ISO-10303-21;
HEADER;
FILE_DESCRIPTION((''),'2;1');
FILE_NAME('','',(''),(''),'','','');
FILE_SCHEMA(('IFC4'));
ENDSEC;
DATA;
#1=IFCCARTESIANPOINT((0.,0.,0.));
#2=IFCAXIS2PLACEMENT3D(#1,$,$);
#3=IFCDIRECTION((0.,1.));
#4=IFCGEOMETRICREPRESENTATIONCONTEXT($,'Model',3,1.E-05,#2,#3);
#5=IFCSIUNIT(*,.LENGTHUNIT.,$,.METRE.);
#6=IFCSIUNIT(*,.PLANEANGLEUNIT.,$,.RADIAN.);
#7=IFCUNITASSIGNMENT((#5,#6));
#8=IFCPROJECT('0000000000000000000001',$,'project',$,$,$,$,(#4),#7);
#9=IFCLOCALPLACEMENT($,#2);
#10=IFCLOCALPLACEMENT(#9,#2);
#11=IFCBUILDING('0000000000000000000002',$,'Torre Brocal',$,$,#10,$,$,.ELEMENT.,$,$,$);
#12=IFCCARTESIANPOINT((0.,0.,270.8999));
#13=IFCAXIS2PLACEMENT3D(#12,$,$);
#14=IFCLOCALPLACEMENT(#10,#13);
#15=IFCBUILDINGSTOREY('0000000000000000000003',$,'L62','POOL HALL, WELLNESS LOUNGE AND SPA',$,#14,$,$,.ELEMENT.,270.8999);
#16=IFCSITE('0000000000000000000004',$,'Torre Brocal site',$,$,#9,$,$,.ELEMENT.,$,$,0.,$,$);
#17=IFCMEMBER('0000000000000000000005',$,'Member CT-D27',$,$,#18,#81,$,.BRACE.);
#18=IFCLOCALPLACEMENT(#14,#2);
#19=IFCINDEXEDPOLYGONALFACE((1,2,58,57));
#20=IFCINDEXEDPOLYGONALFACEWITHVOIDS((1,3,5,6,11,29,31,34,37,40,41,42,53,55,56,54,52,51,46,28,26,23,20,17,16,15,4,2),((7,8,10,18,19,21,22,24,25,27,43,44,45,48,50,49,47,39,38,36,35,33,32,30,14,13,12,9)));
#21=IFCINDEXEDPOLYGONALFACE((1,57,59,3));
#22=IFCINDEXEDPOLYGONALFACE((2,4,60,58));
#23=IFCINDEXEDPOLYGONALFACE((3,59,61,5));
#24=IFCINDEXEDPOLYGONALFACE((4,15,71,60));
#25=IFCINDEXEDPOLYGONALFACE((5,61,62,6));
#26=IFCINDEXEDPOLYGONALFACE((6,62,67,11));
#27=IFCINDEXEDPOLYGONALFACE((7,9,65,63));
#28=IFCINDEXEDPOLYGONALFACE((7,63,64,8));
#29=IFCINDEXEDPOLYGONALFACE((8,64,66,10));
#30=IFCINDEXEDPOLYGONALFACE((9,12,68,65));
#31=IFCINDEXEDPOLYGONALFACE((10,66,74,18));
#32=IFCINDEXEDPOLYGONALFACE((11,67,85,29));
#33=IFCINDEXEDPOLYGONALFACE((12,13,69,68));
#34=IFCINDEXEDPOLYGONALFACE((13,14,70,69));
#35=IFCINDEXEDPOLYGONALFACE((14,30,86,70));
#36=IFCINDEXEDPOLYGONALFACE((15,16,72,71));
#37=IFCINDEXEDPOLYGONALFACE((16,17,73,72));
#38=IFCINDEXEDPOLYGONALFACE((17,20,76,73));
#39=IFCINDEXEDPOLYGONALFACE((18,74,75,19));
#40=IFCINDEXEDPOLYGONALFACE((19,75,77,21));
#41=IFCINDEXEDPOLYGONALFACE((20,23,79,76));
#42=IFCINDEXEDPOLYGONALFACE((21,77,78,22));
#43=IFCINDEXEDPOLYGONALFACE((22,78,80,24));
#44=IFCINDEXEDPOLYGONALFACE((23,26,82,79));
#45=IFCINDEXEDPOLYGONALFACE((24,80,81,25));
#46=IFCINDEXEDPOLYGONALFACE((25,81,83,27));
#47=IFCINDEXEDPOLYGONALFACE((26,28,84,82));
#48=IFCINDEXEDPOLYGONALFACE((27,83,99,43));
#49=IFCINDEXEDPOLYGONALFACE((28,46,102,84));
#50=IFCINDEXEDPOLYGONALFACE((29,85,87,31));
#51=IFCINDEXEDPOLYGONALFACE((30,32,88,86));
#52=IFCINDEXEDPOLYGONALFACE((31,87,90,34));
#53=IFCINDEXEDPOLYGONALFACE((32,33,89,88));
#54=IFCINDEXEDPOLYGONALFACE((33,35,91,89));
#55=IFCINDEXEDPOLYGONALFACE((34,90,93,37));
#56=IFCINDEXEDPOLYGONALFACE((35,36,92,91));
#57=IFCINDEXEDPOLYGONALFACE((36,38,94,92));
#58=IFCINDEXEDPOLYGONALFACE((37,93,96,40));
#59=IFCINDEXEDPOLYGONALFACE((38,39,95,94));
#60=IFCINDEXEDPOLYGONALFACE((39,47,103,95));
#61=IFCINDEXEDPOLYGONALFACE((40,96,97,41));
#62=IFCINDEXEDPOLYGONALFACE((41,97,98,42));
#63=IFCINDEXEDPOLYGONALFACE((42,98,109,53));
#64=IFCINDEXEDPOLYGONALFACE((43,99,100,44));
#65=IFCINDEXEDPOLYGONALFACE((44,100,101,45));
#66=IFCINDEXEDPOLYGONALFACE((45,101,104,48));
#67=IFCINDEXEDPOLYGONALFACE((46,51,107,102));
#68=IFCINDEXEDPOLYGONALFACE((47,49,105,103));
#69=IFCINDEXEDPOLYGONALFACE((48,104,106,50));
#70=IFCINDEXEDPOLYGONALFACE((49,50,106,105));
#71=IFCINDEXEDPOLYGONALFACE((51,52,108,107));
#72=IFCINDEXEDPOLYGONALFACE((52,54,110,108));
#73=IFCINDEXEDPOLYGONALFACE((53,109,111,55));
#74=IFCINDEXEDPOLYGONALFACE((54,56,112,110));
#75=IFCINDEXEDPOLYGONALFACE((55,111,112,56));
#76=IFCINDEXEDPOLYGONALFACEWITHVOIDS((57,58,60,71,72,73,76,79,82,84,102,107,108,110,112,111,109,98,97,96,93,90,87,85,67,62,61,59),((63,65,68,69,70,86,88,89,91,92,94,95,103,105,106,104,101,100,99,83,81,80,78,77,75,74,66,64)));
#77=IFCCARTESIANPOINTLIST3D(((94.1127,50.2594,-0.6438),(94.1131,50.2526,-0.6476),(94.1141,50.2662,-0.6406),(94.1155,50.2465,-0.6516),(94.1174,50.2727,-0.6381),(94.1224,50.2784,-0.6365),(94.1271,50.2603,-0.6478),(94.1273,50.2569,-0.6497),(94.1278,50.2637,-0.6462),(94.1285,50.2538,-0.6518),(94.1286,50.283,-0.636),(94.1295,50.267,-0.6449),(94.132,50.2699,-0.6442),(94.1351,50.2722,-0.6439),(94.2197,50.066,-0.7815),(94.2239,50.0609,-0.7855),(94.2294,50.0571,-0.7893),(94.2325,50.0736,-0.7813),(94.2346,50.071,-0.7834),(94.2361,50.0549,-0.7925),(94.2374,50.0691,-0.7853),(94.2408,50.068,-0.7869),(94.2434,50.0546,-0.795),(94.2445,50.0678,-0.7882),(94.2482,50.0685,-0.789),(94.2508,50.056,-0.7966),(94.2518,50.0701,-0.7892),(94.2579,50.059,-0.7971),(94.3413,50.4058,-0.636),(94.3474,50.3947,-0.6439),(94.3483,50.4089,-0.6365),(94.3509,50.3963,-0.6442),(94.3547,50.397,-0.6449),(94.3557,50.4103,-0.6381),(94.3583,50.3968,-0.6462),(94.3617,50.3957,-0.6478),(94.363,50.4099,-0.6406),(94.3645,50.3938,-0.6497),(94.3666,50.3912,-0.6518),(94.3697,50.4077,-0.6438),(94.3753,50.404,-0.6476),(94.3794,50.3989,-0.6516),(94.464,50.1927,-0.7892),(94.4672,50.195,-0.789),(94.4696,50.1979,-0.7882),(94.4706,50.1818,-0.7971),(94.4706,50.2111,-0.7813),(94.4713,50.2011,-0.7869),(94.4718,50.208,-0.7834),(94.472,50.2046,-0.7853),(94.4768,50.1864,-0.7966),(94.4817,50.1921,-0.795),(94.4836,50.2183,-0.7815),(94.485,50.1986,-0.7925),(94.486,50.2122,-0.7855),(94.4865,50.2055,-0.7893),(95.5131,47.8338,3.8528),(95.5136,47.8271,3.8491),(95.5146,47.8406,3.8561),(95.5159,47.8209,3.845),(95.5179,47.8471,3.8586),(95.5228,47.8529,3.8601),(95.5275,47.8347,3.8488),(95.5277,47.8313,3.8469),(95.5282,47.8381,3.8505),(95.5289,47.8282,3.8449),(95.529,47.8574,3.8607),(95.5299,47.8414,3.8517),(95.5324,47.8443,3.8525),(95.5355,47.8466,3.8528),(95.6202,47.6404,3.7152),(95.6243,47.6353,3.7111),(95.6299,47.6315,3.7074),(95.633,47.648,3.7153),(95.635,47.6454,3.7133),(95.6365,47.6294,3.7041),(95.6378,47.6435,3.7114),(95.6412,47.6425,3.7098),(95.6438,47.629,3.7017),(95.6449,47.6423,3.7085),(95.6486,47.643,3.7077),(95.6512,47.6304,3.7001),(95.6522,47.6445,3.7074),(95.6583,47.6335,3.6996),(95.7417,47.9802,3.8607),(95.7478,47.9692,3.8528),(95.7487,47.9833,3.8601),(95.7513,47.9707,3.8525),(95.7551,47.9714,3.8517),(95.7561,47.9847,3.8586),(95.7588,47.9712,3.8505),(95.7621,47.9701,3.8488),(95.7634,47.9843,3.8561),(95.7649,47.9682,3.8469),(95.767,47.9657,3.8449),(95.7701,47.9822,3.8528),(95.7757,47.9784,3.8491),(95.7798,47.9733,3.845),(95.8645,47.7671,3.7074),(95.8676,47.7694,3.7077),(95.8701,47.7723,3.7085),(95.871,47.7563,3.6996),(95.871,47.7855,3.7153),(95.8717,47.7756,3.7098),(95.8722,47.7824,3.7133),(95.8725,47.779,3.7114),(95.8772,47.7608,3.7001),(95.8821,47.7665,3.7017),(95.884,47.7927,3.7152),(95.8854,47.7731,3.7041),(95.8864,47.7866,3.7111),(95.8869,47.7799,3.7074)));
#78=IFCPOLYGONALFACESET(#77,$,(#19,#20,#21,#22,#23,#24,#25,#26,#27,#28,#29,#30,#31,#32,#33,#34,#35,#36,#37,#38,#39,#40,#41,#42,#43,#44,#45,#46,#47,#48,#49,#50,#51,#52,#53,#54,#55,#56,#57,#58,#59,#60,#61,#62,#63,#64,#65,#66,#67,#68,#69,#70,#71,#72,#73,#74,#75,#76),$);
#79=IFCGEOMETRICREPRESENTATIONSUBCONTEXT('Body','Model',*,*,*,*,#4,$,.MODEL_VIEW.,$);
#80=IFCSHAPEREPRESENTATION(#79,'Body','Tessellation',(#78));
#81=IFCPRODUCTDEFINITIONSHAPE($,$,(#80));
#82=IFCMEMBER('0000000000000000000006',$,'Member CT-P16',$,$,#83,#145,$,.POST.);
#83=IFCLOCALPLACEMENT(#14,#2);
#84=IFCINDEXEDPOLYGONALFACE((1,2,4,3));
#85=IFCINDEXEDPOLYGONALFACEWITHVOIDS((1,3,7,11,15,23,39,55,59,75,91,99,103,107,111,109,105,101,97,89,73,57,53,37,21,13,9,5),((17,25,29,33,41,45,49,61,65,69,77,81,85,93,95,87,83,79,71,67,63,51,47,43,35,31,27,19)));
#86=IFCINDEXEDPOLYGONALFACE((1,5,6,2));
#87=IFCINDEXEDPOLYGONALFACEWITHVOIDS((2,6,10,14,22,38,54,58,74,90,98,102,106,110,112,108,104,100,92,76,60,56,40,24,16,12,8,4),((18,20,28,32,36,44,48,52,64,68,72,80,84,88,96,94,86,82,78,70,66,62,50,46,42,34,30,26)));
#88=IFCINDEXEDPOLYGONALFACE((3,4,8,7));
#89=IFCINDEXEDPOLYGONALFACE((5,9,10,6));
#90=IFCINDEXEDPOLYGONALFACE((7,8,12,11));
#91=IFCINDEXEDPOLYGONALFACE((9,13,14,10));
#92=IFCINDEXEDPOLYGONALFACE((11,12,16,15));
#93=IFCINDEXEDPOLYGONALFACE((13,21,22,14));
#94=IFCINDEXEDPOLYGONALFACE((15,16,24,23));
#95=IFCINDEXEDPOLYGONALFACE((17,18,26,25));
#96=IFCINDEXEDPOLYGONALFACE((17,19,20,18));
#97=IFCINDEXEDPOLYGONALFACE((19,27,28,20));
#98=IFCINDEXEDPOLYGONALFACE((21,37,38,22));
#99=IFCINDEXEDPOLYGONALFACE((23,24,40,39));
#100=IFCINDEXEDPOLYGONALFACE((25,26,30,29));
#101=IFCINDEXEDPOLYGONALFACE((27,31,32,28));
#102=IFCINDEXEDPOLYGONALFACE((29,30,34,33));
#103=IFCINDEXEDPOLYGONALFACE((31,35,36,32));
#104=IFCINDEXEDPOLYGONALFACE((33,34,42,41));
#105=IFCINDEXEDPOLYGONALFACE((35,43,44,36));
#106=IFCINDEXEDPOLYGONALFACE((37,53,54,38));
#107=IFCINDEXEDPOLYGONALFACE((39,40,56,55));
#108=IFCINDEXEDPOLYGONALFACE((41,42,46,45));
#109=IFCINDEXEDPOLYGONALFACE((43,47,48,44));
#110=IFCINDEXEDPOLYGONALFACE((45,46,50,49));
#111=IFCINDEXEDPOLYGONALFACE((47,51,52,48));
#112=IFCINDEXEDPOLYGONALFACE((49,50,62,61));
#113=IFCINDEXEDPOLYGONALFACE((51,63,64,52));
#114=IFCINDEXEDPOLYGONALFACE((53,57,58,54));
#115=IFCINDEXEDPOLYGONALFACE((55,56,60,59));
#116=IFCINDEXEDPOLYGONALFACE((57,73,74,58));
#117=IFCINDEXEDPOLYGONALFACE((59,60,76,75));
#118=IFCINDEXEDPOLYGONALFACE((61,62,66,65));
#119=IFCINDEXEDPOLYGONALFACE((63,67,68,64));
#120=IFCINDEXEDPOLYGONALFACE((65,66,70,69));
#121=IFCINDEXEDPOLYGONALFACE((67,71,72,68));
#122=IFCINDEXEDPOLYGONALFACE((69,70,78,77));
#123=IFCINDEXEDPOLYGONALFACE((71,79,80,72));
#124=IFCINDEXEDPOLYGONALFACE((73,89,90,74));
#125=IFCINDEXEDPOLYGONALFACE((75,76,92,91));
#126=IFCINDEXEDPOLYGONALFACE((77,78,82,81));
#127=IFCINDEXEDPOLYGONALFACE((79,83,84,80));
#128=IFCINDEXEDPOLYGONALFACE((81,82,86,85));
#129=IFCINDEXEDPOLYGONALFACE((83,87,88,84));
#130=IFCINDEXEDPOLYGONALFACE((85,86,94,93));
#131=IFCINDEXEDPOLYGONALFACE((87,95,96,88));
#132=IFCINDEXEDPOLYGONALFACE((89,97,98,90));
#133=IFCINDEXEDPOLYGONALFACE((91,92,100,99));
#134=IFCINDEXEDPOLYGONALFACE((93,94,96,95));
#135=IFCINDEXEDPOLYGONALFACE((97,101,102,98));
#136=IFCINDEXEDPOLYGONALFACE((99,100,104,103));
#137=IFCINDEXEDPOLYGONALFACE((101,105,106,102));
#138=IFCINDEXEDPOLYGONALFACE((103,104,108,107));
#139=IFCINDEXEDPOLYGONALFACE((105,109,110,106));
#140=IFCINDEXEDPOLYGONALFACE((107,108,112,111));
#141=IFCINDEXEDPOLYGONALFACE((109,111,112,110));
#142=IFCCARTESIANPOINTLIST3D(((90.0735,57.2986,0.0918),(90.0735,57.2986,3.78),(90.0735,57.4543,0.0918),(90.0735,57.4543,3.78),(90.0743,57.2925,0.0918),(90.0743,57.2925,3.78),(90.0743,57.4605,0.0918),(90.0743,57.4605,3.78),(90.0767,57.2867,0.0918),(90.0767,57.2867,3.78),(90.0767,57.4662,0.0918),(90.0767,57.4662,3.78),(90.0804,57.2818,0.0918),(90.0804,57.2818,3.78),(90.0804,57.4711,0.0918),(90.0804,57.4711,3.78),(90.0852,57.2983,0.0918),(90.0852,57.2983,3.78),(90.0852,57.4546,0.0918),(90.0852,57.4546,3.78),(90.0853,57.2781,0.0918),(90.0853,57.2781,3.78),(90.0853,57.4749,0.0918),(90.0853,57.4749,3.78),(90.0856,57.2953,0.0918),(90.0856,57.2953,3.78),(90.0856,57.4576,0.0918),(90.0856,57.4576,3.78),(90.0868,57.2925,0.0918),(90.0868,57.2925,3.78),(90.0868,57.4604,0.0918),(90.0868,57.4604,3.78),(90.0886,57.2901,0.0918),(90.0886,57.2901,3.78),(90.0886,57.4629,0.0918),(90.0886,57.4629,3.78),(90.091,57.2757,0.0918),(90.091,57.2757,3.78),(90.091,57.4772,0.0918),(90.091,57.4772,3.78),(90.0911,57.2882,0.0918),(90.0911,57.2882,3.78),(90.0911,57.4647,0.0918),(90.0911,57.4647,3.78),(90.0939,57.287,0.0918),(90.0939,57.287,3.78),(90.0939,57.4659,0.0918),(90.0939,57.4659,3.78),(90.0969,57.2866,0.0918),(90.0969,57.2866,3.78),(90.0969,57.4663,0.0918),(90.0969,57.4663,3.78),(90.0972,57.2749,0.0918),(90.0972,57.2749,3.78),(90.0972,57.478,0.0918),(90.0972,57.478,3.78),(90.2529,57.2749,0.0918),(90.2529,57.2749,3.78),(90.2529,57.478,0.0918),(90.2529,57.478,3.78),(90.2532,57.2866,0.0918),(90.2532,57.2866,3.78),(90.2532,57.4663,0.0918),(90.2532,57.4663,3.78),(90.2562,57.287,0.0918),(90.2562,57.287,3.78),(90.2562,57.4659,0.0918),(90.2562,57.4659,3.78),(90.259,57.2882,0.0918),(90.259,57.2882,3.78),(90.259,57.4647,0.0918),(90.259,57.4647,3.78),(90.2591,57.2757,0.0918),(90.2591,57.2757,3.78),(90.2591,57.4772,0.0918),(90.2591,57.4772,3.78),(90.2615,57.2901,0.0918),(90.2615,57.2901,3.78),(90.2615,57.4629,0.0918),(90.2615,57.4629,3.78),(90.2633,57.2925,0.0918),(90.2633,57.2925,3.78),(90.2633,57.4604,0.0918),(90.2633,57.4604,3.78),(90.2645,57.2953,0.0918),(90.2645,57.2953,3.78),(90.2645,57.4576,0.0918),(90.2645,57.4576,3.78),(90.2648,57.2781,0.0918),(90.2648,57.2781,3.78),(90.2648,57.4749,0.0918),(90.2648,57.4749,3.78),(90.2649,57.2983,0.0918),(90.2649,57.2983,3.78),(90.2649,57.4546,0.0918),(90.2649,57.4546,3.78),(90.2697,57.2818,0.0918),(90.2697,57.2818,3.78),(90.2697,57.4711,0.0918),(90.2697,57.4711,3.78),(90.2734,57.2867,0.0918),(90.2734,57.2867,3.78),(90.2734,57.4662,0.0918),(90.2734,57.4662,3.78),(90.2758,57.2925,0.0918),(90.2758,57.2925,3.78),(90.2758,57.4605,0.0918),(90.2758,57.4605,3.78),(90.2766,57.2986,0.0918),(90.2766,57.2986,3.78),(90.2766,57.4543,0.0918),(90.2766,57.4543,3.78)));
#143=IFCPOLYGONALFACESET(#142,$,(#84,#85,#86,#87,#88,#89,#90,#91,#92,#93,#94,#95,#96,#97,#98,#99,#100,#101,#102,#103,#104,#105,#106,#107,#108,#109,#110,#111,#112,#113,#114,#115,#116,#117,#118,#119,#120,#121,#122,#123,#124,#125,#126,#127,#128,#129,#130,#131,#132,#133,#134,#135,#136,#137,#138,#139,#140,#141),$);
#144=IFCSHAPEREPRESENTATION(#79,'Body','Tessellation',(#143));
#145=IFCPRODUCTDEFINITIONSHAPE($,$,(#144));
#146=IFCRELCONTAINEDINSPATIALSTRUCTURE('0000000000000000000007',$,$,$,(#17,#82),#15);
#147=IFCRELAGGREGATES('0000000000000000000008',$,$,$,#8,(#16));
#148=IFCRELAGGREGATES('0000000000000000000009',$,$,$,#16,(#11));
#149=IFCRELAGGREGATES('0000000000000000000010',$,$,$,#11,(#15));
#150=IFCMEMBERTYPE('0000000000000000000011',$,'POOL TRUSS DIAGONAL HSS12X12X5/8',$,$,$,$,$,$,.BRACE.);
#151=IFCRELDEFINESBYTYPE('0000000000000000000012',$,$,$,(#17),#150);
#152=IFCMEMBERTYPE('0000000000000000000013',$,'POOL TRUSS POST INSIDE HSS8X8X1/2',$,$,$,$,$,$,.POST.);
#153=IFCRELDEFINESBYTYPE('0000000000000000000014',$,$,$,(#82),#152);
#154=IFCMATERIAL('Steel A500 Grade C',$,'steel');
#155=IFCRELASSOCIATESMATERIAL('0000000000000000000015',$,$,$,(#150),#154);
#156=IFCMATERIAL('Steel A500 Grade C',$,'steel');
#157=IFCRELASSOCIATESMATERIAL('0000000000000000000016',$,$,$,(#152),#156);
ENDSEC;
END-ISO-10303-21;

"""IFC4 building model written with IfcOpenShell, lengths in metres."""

from ifc_helpers import new_model, si_unit, direction, frame, origin, origin_2d, place, context, subcontext, project, spatial, hollow_rectangle, extrude, material, material_profile, profile_set, type_object, element, save


model = new_model("IFC4")

# Units and contexts
model_context = context("Model", 3, precision=1e-05, world=origin(), true_north=direction((0.0, 1.0)))
body_context = subcontext(model_context, "Body", "Model", "MODEL_VIEW")
ifc_project = project(units=[si_unit("LENGTHUNIT", "METRE"), si_unit("PLANEANGLEUNIT", "RADIAN")], contexts=[model_context])

# Site, building, storey
site_placement = place(None, origin())
site = spatial("IfcSite", under=ifc_project, at=site_placement, Name="Torre Brocal site", CompositionType="ELEMENT", RefElevation=0.0)
building_placement = place(site_placement, origin())
building = spatial("IfcBuilding", under=site, at=building_placement, Name="Torre Brocal", CompositionType="ELEMENT")
storey_placement = place(building_placement, frame((0.0, 0.0, 270.8999)))
storey = spatial("IfcBuildingStorey", under=building, at=storey_placement, Name="L62", Description="POOL HALL, WELLNESS LOUNGE AND SPA", CompositionType="ELEMENT", Elevation=270.8999)

# Members
ifc_material_1 = material(Name="Steel A500 Grade C", Category="steel")
ifc_material_profile_1 = material_profile(ifc_material_1, hollow_rectangle(XDim=0.3047, YDim=0.3047, WallThickness=0.0149, InnerFilletRadius=0.0149, OuterFilletRadius=0.0295, at=origin_2d()), Name="HSS12X12X5/8")
ifc_profile_set_1 = profile_set([ifc_material_profile_1], Name="Steel A500 Grade C")
member_type_1 = type_object("IfcMemberType", Name="POOL TRUSS DIAGONAL HSS12X12X5/8", PredefinedType="BRACE", material=ifc_profile_set_1)
for number, where, z_axis, x_axis, name in (
    (1, (94.2996, 50.2324, -0.7166), (0.264349, -0.457864, 0.848811), (0.866024, 0.500002, 0.0), "Member CT-D27"),
):
    element("IfcMember", number, at=place(storey_placement, frame(where, z_axis=z_axis, x_axis=x_axis)), inside=storey, type_object=member_type_1, Name=name, PredefinedType="BRACE", context=body_context, shape_type="SweptSolid", body=[
        extrude(hollow_rectangle(XDim=0.3047, YDim=0.3047, WallThickness=0.0149, InnerFilletRadius=0.0149, OuterFilletRadius=0.0295, at=origin_2d()), origin(), (0.0, 0.0, 1.0), 5.2976),
    ])
ifc_material_2 = material(Name="Steel A500 Grade C", Category="steel")
ifc_material_profile_2 = material_profile(ifc_material_2, hollow_rectangle(XDim=0.2031, YDim=0.2031, WallThickness=0.0117, InnerFilletRadius=0.0117, OuterFilletRadius=0.0237, at=origin_2d()), Name="HSS8X8X1/2")
ifc_profile_set_2 = profile_set([ifc_material_profile_2], Name="Steel A500 Grade C")
member_type_2 = type_object("IfcMemberType", Name="POOL TRUSS POST INSIDE HSS8X8X1/2", PredefinedType="POST", material=ifc_profile_set_2)
for number, where, z_axis, x_axis, name in (
    (2, (90.175, 57.3765, 0.0918), (0.0, 0.0, 1.0), (1.0, 0.0, 0.0), "Member CT-P16"),
):
    element("IfcMember", number, at=place(storey_placement, frame(where, z_axis=z_axis, x_axis=x_axis)), inside=storey, type_object=member_type_2, Name=name, PredefinedType="POST", context=body_context, shape_type="SweptSolid", body=[
        extrude(hollow_rectangle(XDim=0.2031, YDim=0.2031, WallThickness=0.0117, InnerFilletRadius=0.0117, OuterFilletRadius=0.0237, at=origin_2d()), origin(), (0.0, 0.0, 1.0), 3.6882),
    ])

save(model, "model.ifc")
